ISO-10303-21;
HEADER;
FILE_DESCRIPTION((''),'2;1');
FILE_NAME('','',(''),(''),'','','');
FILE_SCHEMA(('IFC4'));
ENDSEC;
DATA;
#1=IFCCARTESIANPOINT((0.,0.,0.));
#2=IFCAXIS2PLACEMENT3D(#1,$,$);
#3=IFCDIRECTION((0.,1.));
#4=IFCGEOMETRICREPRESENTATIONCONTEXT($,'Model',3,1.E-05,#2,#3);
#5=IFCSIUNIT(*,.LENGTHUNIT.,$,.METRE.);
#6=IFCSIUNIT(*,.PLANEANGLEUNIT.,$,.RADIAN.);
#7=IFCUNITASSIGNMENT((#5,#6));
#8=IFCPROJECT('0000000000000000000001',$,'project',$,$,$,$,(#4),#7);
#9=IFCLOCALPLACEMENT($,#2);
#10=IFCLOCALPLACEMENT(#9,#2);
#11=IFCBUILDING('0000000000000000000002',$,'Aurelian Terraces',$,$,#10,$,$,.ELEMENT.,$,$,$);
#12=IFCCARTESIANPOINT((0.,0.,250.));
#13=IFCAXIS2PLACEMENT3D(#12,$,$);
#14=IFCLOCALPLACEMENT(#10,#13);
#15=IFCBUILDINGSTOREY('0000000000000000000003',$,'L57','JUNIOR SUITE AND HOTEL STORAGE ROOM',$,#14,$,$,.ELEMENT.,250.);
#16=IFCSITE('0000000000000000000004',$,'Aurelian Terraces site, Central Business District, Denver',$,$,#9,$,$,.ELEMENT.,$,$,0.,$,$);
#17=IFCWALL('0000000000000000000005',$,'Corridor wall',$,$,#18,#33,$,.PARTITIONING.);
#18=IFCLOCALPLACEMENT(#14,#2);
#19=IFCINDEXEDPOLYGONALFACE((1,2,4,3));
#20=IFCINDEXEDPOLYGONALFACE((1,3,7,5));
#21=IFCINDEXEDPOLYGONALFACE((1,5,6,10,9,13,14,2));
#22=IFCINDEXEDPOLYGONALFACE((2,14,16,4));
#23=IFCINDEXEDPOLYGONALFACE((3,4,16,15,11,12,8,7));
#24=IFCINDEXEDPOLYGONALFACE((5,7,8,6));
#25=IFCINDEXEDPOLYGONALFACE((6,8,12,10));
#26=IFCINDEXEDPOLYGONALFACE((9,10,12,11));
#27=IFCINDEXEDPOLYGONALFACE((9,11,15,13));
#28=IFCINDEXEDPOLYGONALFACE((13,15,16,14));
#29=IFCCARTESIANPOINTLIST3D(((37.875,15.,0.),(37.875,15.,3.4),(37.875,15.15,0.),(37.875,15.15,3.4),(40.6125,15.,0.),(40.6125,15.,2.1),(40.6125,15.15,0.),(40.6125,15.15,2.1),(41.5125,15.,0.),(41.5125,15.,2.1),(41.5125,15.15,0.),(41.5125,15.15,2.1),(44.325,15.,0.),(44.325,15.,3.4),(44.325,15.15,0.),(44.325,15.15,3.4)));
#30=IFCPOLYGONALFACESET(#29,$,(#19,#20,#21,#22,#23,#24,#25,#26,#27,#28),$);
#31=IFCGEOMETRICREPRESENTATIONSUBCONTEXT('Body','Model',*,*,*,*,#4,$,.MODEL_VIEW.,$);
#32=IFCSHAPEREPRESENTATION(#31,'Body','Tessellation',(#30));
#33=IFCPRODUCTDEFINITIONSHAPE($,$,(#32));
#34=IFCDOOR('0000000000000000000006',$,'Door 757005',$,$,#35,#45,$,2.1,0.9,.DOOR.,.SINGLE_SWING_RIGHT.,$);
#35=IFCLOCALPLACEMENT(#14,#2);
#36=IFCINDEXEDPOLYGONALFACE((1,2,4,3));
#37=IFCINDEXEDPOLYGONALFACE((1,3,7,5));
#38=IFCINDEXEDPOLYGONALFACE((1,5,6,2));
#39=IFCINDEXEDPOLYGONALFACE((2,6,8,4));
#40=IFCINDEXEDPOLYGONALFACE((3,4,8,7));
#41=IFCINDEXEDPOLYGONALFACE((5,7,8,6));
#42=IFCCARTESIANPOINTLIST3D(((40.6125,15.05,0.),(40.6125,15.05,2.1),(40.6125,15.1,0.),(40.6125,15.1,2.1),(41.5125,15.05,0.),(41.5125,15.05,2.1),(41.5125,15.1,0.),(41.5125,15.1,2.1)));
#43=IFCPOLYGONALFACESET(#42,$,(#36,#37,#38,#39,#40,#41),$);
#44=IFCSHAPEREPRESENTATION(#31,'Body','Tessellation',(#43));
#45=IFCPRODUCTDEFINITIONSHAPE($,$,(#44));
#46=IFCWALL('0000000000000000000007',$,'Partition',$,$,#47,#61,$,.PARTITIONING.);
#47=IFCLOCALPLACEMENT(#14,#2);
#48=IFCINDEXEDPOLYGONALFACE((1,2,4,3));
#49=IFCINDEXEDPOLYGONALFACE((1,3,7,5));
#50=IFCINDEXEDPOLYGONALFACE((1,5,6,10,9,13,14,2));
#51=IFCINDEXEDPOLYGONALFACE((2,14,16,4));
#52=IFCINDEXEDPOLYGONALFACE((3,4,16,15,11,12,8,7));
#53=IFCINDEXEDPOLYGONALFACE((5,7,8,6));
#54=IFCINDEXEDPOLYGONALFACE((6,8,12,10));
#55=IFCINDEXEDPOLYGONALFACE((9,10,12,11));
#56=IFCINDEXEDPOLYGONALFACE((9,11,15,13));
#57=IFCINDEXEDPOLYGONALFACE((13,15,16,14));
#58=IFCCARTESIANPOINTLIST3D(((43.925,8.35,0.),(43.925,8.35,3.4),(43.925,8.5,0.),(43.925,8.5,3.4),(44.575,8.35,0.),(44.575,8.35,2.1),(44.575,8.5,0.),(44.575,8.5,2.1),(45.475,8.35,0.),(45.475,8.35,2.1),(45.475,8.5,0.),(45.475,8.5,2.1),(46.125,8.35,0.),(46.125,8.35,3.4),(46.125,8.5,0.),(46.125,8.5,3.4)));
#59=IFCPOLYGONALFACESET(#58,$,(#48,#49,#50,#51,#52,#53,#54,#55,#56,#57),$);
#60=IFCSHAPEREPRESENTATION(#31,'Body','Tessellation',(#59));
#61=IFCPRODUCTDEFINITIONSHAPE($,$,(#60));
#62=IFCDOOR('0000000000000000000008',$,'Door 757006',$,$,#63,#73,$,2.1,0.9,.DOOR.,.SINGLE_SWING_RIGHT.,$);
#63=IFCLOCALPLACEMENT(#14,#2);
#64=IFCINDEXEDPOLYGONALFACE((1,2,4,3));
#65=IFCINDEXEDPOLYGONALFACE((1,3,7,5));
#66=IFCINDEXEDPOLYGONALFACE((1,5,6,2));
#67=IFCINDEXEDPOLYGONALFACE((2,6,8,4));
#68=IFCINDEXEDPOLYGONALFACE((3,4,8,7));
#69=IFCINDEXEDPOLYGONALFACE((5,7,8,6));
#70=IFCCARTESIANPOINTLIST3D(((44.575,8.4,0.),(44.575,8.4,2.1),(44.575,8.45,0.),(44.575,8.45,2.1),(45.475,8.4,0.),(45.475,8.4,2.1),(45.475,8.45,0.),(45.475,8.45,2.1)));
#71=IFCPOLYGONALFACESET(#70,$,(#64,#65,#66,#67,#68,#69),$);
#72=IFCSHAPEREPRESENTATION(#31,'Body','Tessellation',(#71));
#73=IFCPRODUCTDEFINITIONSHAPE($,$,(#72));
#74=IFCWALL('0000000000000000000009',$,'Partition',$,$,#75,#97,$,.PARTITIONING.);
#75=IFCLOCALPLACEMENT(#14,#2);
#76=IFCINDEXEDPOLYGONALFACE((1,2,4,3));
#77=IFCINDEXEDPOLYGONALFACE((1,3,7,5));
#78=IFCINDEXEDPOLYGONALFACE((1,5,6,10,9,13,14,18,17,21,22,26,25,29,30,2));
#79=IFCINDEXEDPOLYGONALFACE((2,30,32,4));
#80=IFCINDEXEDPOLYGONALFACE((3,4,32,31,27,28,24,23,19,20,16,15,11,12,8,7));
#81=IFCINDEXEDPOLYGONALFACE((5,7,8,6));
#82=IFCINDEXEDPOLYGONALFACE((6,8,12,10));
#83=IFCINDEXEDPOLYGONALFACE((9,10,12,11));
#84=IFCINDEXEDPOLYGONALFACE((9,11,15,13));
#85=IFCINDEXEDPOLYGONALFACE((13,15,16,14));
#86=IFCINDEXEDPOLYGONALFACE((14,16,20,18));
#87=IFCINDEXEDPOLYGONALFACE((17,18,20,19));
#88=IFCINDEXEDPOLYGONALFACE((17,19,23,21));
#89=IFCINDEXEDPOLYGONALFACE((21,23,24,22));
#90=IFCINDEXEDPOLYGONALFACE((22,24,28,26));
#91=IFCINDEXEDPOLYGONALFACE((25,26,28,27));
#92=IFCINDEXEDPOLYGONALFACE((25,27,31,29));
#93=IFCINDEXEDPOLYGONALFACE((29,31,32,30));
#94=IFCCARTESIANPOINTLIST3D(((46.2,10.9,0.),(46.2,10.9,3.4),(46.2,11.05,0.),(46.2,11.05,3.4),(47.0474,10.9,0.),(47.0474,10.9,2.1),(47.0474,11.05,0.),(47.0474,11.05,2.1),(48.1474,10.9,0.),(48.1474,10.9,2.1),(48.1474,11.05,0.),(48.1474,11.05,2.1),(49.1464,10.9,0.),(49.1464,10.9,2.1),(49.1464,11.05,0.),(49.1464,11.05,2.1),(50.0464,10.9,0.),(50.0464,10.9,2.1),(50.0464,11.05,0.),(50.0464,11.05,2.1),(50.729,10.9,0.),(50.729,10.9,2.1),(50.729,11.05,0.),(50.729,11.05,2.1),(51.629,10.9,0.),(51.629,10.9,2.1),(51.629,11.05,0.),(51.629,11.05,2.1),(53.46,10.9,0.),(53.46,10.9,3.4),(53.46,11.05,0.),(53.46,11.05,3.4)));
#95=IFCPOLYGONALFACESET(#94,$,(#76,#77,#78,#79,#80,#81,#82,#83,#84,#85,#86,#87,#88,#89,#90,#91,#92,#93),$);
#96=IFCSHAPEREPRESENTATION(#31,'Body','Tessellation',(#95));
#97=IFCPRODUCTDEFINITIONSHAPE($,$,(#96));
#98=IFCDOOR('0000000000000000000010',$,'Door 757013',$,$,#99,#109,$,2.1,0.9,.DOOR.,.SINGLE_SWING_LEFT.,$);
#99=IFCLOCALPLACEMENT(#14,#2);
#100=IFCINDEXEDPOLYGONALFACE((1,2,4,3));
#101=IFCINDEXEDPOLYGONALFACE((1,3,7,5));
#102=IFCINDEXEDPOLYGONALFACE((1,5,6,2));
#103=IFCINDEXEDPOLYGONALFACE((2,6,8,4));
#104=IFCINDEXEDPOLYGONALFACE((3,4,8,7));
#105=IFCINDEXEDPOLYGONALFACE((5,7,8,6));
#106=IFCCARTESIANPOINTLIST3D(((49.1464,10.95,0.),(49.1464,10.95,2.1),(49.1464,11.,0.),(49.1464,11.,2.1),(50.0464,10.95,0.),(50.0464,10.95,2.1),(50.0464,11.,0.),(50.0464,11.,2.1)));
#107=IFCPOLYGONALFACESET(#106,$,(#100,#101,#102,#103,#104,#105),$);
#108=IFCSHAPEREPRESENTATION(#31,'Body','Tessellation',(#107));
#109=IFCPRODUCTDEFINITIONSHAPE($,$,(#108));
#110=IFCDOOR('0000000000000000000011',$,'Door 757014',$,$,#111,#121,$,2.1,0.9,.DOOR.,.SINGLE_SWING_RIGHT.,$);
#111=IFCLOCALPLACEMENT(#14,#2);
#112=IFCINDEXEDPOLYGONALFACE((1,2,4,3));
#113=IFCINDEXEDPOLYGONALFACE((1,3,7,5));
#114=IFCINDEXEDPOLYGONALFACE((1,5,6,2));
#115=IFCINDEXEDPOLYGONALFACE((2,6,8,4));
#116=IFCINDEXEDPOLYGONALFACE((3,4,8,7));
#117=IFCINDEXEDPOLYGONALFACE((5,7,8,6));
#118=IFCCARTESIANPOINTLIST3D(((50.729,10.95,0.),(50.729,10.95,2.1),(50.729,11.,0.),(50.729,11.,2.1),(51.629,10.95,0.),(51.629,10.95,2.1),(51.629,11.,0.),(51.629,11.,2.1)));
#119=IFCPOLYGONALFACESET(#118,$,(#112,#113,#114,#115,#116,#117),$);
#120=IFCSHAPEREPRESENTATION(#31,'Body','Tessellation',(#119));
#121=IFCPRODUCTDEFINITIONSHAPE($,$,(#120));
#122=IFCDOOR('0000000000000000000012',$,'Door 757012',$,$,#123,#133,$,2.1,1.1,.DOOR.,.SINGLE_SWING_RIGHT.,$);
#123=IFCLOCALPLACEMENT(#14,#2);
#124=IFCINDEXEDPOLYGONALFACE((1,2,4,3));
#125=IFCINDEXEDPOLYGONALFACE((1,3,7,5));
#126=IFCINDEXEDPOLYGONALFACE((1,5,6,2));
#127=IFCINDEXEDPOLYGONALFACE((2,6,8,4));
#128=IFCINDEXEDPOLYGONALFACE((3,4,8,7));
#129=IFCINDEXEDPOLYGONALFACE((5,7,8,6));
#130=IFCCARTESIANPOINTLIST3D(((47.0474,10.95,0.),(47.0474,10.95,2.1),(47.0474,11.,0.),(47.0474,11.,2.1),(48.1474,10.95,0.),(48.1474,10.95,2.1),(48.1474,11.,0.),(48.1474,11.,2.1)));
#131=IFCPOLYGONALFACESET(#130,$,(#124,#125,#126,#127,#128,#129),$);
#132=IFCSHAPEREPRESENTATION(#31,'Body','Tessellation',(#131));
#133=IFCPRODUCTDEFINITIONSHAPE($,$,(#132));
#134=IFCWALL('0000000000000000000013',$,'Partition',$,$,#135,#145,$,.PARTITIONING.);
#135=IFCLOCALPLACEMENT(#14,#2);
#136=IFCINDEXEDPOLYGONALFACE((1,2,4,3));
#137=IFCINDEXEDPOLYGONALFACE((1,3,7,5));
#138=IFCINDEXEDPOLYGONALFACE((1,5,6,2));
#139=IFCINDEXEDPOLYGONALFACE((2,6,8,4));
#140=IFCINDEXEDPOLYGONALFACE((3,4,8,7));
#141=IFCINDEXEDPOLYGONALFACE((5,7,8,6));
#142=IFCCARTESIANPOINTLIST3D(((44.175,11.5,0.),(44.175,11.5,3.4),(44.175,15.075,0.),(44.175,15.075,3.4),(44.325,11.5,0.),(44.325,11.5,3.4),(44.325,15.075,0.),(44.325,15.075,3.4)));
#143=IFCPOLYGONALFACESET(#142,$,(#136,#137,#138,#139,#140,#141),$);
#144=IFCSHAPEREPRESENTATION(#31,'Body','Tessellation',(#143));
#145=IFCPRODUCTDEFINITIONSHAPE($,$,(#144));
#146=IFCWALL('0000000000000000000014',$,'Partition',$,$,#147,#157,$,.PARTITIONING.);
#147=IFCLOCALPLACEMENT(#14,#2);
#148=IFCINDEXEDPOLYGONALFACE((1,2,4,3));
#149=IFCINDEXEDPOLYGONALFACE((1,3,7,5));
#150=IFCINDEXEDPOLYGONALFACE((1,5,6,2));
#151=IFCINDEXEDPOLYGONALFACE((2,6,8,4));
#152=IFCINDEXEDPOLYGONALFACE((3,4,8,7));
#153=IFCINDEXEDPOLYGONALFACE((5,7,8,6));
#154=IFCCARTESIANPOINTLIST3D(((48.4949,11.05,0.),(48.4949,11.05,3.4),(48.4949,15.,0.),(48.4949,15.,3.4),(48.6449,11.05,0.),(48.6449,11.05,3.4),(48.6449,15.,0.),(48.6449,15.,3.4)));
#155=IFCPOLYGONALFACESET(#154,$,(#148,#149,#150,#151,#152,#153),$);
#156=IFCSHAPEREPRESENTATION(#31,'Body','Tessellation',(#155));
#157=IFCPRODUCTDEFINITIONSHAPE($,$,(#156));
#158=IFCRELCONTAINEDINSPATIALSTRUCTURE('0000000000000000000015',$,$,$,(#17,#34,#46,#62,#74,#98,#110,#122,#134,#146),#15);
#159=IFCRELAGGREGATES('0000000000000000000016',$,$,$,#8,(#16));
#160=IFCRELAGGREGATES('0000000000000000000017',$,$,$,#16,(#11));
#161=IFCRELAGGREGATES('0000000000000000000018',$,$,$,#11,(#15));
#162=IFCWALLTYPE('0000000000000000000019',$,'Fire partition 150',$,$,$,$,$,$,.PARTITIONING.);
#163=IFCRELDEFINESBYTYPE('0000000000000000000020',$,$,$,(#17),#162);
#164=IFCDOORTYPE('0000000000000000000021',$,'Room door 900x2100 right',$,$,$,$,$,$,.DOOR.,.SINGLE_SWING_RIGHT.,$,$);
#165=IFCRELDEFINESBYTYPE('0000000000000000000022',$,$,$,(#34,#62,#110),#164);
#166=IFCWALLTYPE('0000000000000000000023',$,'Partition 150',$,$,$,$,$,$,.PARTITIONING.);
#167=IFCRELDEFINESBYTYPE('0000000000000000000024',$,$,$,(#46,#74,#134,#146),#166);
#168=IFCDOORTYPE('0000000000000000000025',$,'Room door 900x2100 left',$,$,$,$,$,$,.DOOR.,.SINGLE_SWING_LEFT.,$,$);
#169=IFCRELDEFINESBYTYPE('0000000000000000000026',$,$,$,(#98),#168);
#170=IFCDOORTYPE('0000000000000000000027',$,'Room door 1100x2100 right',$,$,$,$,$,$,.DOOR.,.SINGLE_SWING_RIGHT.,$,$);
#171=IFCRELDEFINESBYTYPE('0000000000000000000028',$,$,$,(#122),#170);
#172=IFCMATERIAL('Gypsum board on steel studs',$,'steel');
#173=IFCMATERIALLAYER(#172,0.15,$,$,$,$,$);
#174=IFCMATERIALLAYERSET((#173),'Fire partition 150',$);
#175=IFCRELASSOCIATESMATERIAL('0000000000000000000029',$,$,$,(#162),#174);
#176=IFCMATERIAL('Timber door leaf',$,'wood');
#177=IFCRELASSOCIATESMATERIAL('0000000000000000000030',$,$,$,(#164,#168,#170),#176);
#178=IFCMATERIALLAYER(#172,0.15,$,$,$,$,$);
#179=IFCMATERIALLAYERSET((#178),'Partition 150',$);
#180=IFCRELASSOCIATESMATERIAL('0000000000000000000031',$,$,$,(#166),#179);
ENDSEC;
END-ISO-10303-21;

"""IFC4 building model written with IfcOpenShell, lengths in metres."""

from ifc_helpers import new_model, si_unit, direction, frame, frame_2d, origin, place, context, subcontext, project, spatial, rectangle, extrude, source, transform, mapped, material, layer, layer_set, type_object, element, fill, save


model = new_model("IFC4")

# Units and contexts
model_context = context("Model", 3, precision=1e-05, world=origin(), true_north=direction((0.0, 1.0)))
body_context = subcontext(model_context, "Body", "Model", "MODEL_VIEW")
ifc_project = project(units=[si_unit("LENGTHUNIT", "METRE"), si_unit("PLANEANGLEUNIT", "RADIAN")], contexts=[model_context])

# Site, building, storey
site_placement = place(None, origin())
site = spatial("IfcSite", under=ifc_project, at=site_placement, Name="Aurelian Terraces site, Central Business District, Denver", CompositionType="ELEMENT", RefElevation=0.0)
building_placement = place(site_placement, origin())
building = spatial("IfcBuilding", under=site, at=building_placement, Name="Aurelian Terraces", CompositionType="ELEMENT")
storey_placement = place(building_placement, frame((0.0, 0.0, 250.0)))
storey = spatial("IfcBuildingStorey", under=building, at=storey_placement, Name="L57", Description="JUNIOR SUITE AND HOTEL STORAGE ROOM", CompositionType="ELEMENT", Elevation=250.0)

# Shared definitions
ifc_material_1 = material(Name="Gypsum board on steel studs", Category="steel")

# Walls, openings, doors
ifc_layer_1 = layer(ifc_material_1, 0.15)
ifc_layer_set_1 = layer_set([ifc_layer_1], Name="Fire partition 150")
wall_type_1 = type_object("IfcWallType", Name="Fire partition 150", PredefinedType="PARTITIONING", material=ifc_layer_set_1)
shared_shape_1 = source(origin(), body_context, "Body", "SweptSolid", [
    extrude(rectangle(XDim=6.45, YDim=0.15, at=frame_2d((3.225, 0.0))), origin(), (0.0, 0.0, 1.0), 3.4),
])
wall_1_placement = place(storey_placement, frame((44.325, 15.075, 0.0), z_axis=(0.0, 0.0, 1.0), x_axis=(-1.0, 0.0, 0.0)))
wall_1 = element("IfcWall", 1, at=wall_1_placement, inside=storey, type_object=wall_type_1, Name="Corridor wall", PredefinedType="PARTITIONING", context=body_context, shape_type="MappedRepresentation", body=[
    mapped(shared_shape_1, transform((0.0, 0.0, 0.0), scale=1.0)),
])
shared_shape_2 = source(origin(), body_context, "Body", "SweptSolid", [
    extrude(rectangle(XDim=0.9, YDim=2.1, at=frame_2d((0.45, 1.05))), frame((0.0, 0.085, 0.0), z_axis=(0.0, -1.0, 0.0), x_axis=(1.0, 0.0, 0.0)), (0.0, 0.0, 1.0), 0.17),
])
opening_1_placement = place(wall_1_placement, frame((2.8125, 0.0, 0.0)))
opening_1 = element("IfcOpeningElement", 2, at=opening_1_placement, cuts=wall_1, PredefinedType="OPENING", context=body_context, shape_type="MappedRepresentation", body=[
    mapped(shared_shape_2, transform((0.0, 0.0, 0.0), scale=1.0)),
])
ifc_material_2 = material(Name="Timber door leaf", Category="wood")
door_type_1 = type_object("IfcDoorType", Name="Room door 900x2100 right", OperationType="SINGLE_SWING_RIGHT", PredefinedType="DOOR", material=ifc_material_2)
shared_shape_3 = source(origin(), body_context, "Body", "SweptSolid", [
    extrude(rectangle(XDim=0.9, YDim=2.1, at=frame_2d((0.45, 1.05))), frame((0.0, 0.025, 0.0), z_axis=(0.0, -1.0, 0.0), x_axis=(1.0, 0.0, 0.0)), (0.0, 0.0, 1.0), 0.05),
])
door_1_placement = place(opening_1_placement, origin())
door_1 = element("IfcDoor", 3, at=door_1_placement, inside=storey, type_object=door_type_1, Name="Door 757005", OperationType="SINGLE_SWING_RIGHT", OverallHeight=2.1, OverallWidth=0.9, PredefinedType="DOOR", context=body_context, shape_type="MappedRepresentation", body=[
    mapped(shared_shape_3, transform((0.0, 0.0, 0.0), scale=1.0)),
])
fill(opening_1, door_1)
ifc_layer_2 = layer(ifc_material_1, 0.15)
ifc_layer_set_2 = layer_set([ifc_layer_2], Name="Partition 150")
wall_type_2 = type_object("IfcWallType", Name="Partition 150", PredefinedType="PARTITIONING", material=ifc_layer_set_2)
shared_shape_4 = source(origin(), body_context, "Body", "SweptSolid", [
    extrude(rectangle(XDim=2.2, YDim=0.15, at=frame_2d((1.1, 0.0))), origin(), (0.0, 0.0, 1.0), 3.4),
])
wall_2_placement = place(storey_placement, frame((46.125, 8.425, 0.0), z_axis=(0.0, 0.0, 1.0), x_axis=(-1.0, 0.0, 0.0)))
wall_2 = element("IfcWall", 4, at=wall_2_placement, inside=storey, type_object=wall_type_2, Name="Partition", PredefinedType="PARTITIONING", context=body_context, shape_type="MappedRepresentation", body=[
    mapped(shared_shape_4, transform((0.0, 0.0, 0.0), scale=1.0)),
])
opening_2_placement = place(wall_2_placement, frame((0.65, 0.0, 0.0)))
opening_2 = element("IfcOpeningElement", 5, at=opening_2_placement, cuts=wall_2, PredefinedType="OPENING", context=body_context, shape_type="MappedRepresentation", body=[
    mapped(shared_shape_2, transform((0.0, 0.0, 0.0), scale=1.0)),
])
door_2_placement = place(opening_2_placement, origin())
door_2 = element("IfcDoor", 6, at=door_2_placement, inside=storey, type_object=door_type_1, Name="Door 757006", OperationType="SINGLE_SWING_RIGHT", OverallHeight=2.1, OverallWidth=0.9, PredefinedType="DOOR", context=body_context, shape_type="MappedRepresentation", body=[
    mapped(shared_shape_3, transform((0.0, 0.0, 0.0), scale=1.0)),
])
fill(opening_2, door_2)

# Wall, openings, doors
shared_shape_5 = source(origin(), body_context, "Body", "SweptSolid", [
    extrude(rectangle(XDim=7.26, YDim=0.15, at=frame_2d((3.63, 0.0))), origin(), (0.0, 0.0, 1.0), 3.4),
])
wall_3_placement = place(storey_placement, frame((53.46, 10.975, 0.0), z_axis=(0.0, 0.0, 1.0), x_axis=(-1.0, 0.0, 0.0)))
wall_3 = element("IfcWall", 7, at=wall_3_placement, inside=storey, type_object=wall_type_2, Name="Partition", PredefinedType="PARTITIONING", context=body_context, shape_type="MappedRepresentation", body=[
    mapped(shared_shape_5, transform((0.0, 0.0, 0.0), scale=1.0)),
])
shared_shape_6 = source(origin(), body_context, "Body", "SweptSolid", [
    extrude(rectangle(XDim=1.1, YDim=2.1, at=frame_2d((0.55, 1.05))), frame((0.0, 0.085, 0.0), z_axis=(0.0, -1.0, 0.0), x_axis=(1.0, 0.0, 0.0)), (0.0, 0.0, 1.0), 0.17),
])
opening_3_placement = place(wall_3_placement, frame((5.3126, 0.0, 0.0)))
opening_3 = element("IfcOpeningElement", 8, at=opening_3_placement, cuts=wall_3, PredefinedType="OPENING", context=body_context, shape_type="MappedRepresentation", body=[
    mapped(shared_shape_6, transform((0.0, 0.0, 0.0), scale=1.0)),
])
opening_4_placement = place(wall_3_placement, frame((3.4136, 0.0, 0.0)))
opening_4 = element("IfcOpeningElement", 9, at=opening_4_placement, cuts=wall_3, PredefinedType="OPENING", context=body_context, shape_type="MappedRepresentation", body=[
    mapped(shared_shape_2, transform((0.0, 0.0, 0.0), scale=1.0)),
])
opening_5_placement = place(wall_3_placement, frame((1.831, 0.0, 0.0)))
opening_5 = element("IfcOpeningElement", 10, at=opening_5_placement, cuts=wall_3, PredefinedType="OPENING", context=body_context, shape_type="MappedRepresentation", body=[
    mapped(shared_shape_2, transform((0.0, 0.0, 0.0), scale=1.0)),
])
door_type_2 = type_object("IfcDoorType", Name="Room door 900x2100 left", OperationType="SINGLE_SWING_LEFT", PredefinedType="DOOR", material=ifc_material_2)
door_3_placement = place(opening_4_placement, origin())
door_3 = element("IfcDoor", 11, at=door_3_placement, inside=storey, type_object=door_type_2, Name="Door 757013", OperationType="SINGLE_SWING_LEFT", OverallHeight=2.1, OverallWidth=0.9, PredefinedType="DOOR", context=body_context, shape_type="MappedRepresentation", body=[
    mapped(shared_shape_3, transform((0.0, 0.0, 0.0), scale=1.0)),
])
fill(opening_4, door_3)
door_4_placement = place(opening_5_placement, origin())
door_4 = element("IfcDoor", 12, at=door_4_placement, inside=storey, type_object=door_type_1, Name="Door 757014", OperationType="SINGLE_SWING_RIGHT", OverallHeight=2.1, OverallWidth=0.9, PredefinedType="DOOR", context=body_context, shape_type="MappedRepresentation", body=[
    mapped(shared_shape_3, transform((0.0, 0.0, 0.0), scale=1.0)),
])
fill(opening_5, door_4)
door_type_3 = type_object("IfcDoorType", Name="Room door 1100x2100 right", OperationType="SINGLE_SWING_RIGHT", PredefinedType="DOOR", material=ifc_material_2)
shared_shape_7 = source(origin(), body_context, "Body", "SweptSolid", [
    extrude(rectangle(XDim=1.1, YDim=2.1, at=frame_2d((0.55, 1.05))), frame((0.0, 0.025, 0.0), z_axis=(0.0, -1.0, 0.0), x_axis=(1.0, 0.0, 0.0)), (0.0, 0.0, 1.0), 0.05),
])
door_5_placement = place(opening_3_placement, origin())
door_5 = element("IfcDoor", 13, at=door_5_placement, inside=storey, type_object=door_type_3, Name="Door 757012", OperationType="SINGLE_SWING_RIGHT", OverallHeight=2.1, OverallWidth=1.1, PredefinedType="DOOR", context=body_context, shape_type="MappedRepresentation", body=[
    mapped(shared_shape_7, transform((0.0, 0.0, 0.0), scale=1.0)),
])
fill(opening_3, door_5)

# Walls
shared_shape_8 = source(origin(), body_context, "Body", "SweptSolid", [
    extrude(rectangle(XDim=3.575, YDim=0.15, at=frame_2d((1.7875, 0.0))), origin(), (0.0, 0.0, 1.0), 3.4),
])
wall_4_placement = place(storey_placement, frame((44.25, 11.5, 0.0), z_axis=(0.0, 0.0, 1.0), x_axis=(0.0, 1.0, 0.0)))
element("IfcWall", 14, at=wall_4_placement, inside=storey, type_object=wall_type_2, Name="Partition", PredefinedType="PARTITIONING", context=body_context, shape_type="MappedRepresentation", body=[
    mapped(shared_shape_8, transform((0.0, 0.0, 0.0), scale=1.0)),
])
shared_shape_9 = source(origin(), body_context, "Body", "SweptSolid", [
    extrude(rectangle(XDim=3.95, YDim=0.15, at=frame_2d((1.975, 0.0))), origin(), (0.0, 0.0, 1.0), 3.4),
])
for number, where, z_axis, x_axis, name in (
    (15, (48.5699, 11.05, 0.0), (0.0, 0.0, 1.0), (0.0, 1.0, 0.0), "Partition"),
):
    element("IfcWall", number, at=place(storey_placement, frame(where, z_axis=z_axis, x_axis=x_axis)), inside=storey, type_object=wall_type_2, Name=name, PredefinedType="PARTITIONING", context=body_context, shape_type="MappedRepresentation", body=[
        mapped(shared_shape_9, transform((0.0, 0.0, 0.0), scale=1.0)),
    ])

save(model, "model.ifc")
